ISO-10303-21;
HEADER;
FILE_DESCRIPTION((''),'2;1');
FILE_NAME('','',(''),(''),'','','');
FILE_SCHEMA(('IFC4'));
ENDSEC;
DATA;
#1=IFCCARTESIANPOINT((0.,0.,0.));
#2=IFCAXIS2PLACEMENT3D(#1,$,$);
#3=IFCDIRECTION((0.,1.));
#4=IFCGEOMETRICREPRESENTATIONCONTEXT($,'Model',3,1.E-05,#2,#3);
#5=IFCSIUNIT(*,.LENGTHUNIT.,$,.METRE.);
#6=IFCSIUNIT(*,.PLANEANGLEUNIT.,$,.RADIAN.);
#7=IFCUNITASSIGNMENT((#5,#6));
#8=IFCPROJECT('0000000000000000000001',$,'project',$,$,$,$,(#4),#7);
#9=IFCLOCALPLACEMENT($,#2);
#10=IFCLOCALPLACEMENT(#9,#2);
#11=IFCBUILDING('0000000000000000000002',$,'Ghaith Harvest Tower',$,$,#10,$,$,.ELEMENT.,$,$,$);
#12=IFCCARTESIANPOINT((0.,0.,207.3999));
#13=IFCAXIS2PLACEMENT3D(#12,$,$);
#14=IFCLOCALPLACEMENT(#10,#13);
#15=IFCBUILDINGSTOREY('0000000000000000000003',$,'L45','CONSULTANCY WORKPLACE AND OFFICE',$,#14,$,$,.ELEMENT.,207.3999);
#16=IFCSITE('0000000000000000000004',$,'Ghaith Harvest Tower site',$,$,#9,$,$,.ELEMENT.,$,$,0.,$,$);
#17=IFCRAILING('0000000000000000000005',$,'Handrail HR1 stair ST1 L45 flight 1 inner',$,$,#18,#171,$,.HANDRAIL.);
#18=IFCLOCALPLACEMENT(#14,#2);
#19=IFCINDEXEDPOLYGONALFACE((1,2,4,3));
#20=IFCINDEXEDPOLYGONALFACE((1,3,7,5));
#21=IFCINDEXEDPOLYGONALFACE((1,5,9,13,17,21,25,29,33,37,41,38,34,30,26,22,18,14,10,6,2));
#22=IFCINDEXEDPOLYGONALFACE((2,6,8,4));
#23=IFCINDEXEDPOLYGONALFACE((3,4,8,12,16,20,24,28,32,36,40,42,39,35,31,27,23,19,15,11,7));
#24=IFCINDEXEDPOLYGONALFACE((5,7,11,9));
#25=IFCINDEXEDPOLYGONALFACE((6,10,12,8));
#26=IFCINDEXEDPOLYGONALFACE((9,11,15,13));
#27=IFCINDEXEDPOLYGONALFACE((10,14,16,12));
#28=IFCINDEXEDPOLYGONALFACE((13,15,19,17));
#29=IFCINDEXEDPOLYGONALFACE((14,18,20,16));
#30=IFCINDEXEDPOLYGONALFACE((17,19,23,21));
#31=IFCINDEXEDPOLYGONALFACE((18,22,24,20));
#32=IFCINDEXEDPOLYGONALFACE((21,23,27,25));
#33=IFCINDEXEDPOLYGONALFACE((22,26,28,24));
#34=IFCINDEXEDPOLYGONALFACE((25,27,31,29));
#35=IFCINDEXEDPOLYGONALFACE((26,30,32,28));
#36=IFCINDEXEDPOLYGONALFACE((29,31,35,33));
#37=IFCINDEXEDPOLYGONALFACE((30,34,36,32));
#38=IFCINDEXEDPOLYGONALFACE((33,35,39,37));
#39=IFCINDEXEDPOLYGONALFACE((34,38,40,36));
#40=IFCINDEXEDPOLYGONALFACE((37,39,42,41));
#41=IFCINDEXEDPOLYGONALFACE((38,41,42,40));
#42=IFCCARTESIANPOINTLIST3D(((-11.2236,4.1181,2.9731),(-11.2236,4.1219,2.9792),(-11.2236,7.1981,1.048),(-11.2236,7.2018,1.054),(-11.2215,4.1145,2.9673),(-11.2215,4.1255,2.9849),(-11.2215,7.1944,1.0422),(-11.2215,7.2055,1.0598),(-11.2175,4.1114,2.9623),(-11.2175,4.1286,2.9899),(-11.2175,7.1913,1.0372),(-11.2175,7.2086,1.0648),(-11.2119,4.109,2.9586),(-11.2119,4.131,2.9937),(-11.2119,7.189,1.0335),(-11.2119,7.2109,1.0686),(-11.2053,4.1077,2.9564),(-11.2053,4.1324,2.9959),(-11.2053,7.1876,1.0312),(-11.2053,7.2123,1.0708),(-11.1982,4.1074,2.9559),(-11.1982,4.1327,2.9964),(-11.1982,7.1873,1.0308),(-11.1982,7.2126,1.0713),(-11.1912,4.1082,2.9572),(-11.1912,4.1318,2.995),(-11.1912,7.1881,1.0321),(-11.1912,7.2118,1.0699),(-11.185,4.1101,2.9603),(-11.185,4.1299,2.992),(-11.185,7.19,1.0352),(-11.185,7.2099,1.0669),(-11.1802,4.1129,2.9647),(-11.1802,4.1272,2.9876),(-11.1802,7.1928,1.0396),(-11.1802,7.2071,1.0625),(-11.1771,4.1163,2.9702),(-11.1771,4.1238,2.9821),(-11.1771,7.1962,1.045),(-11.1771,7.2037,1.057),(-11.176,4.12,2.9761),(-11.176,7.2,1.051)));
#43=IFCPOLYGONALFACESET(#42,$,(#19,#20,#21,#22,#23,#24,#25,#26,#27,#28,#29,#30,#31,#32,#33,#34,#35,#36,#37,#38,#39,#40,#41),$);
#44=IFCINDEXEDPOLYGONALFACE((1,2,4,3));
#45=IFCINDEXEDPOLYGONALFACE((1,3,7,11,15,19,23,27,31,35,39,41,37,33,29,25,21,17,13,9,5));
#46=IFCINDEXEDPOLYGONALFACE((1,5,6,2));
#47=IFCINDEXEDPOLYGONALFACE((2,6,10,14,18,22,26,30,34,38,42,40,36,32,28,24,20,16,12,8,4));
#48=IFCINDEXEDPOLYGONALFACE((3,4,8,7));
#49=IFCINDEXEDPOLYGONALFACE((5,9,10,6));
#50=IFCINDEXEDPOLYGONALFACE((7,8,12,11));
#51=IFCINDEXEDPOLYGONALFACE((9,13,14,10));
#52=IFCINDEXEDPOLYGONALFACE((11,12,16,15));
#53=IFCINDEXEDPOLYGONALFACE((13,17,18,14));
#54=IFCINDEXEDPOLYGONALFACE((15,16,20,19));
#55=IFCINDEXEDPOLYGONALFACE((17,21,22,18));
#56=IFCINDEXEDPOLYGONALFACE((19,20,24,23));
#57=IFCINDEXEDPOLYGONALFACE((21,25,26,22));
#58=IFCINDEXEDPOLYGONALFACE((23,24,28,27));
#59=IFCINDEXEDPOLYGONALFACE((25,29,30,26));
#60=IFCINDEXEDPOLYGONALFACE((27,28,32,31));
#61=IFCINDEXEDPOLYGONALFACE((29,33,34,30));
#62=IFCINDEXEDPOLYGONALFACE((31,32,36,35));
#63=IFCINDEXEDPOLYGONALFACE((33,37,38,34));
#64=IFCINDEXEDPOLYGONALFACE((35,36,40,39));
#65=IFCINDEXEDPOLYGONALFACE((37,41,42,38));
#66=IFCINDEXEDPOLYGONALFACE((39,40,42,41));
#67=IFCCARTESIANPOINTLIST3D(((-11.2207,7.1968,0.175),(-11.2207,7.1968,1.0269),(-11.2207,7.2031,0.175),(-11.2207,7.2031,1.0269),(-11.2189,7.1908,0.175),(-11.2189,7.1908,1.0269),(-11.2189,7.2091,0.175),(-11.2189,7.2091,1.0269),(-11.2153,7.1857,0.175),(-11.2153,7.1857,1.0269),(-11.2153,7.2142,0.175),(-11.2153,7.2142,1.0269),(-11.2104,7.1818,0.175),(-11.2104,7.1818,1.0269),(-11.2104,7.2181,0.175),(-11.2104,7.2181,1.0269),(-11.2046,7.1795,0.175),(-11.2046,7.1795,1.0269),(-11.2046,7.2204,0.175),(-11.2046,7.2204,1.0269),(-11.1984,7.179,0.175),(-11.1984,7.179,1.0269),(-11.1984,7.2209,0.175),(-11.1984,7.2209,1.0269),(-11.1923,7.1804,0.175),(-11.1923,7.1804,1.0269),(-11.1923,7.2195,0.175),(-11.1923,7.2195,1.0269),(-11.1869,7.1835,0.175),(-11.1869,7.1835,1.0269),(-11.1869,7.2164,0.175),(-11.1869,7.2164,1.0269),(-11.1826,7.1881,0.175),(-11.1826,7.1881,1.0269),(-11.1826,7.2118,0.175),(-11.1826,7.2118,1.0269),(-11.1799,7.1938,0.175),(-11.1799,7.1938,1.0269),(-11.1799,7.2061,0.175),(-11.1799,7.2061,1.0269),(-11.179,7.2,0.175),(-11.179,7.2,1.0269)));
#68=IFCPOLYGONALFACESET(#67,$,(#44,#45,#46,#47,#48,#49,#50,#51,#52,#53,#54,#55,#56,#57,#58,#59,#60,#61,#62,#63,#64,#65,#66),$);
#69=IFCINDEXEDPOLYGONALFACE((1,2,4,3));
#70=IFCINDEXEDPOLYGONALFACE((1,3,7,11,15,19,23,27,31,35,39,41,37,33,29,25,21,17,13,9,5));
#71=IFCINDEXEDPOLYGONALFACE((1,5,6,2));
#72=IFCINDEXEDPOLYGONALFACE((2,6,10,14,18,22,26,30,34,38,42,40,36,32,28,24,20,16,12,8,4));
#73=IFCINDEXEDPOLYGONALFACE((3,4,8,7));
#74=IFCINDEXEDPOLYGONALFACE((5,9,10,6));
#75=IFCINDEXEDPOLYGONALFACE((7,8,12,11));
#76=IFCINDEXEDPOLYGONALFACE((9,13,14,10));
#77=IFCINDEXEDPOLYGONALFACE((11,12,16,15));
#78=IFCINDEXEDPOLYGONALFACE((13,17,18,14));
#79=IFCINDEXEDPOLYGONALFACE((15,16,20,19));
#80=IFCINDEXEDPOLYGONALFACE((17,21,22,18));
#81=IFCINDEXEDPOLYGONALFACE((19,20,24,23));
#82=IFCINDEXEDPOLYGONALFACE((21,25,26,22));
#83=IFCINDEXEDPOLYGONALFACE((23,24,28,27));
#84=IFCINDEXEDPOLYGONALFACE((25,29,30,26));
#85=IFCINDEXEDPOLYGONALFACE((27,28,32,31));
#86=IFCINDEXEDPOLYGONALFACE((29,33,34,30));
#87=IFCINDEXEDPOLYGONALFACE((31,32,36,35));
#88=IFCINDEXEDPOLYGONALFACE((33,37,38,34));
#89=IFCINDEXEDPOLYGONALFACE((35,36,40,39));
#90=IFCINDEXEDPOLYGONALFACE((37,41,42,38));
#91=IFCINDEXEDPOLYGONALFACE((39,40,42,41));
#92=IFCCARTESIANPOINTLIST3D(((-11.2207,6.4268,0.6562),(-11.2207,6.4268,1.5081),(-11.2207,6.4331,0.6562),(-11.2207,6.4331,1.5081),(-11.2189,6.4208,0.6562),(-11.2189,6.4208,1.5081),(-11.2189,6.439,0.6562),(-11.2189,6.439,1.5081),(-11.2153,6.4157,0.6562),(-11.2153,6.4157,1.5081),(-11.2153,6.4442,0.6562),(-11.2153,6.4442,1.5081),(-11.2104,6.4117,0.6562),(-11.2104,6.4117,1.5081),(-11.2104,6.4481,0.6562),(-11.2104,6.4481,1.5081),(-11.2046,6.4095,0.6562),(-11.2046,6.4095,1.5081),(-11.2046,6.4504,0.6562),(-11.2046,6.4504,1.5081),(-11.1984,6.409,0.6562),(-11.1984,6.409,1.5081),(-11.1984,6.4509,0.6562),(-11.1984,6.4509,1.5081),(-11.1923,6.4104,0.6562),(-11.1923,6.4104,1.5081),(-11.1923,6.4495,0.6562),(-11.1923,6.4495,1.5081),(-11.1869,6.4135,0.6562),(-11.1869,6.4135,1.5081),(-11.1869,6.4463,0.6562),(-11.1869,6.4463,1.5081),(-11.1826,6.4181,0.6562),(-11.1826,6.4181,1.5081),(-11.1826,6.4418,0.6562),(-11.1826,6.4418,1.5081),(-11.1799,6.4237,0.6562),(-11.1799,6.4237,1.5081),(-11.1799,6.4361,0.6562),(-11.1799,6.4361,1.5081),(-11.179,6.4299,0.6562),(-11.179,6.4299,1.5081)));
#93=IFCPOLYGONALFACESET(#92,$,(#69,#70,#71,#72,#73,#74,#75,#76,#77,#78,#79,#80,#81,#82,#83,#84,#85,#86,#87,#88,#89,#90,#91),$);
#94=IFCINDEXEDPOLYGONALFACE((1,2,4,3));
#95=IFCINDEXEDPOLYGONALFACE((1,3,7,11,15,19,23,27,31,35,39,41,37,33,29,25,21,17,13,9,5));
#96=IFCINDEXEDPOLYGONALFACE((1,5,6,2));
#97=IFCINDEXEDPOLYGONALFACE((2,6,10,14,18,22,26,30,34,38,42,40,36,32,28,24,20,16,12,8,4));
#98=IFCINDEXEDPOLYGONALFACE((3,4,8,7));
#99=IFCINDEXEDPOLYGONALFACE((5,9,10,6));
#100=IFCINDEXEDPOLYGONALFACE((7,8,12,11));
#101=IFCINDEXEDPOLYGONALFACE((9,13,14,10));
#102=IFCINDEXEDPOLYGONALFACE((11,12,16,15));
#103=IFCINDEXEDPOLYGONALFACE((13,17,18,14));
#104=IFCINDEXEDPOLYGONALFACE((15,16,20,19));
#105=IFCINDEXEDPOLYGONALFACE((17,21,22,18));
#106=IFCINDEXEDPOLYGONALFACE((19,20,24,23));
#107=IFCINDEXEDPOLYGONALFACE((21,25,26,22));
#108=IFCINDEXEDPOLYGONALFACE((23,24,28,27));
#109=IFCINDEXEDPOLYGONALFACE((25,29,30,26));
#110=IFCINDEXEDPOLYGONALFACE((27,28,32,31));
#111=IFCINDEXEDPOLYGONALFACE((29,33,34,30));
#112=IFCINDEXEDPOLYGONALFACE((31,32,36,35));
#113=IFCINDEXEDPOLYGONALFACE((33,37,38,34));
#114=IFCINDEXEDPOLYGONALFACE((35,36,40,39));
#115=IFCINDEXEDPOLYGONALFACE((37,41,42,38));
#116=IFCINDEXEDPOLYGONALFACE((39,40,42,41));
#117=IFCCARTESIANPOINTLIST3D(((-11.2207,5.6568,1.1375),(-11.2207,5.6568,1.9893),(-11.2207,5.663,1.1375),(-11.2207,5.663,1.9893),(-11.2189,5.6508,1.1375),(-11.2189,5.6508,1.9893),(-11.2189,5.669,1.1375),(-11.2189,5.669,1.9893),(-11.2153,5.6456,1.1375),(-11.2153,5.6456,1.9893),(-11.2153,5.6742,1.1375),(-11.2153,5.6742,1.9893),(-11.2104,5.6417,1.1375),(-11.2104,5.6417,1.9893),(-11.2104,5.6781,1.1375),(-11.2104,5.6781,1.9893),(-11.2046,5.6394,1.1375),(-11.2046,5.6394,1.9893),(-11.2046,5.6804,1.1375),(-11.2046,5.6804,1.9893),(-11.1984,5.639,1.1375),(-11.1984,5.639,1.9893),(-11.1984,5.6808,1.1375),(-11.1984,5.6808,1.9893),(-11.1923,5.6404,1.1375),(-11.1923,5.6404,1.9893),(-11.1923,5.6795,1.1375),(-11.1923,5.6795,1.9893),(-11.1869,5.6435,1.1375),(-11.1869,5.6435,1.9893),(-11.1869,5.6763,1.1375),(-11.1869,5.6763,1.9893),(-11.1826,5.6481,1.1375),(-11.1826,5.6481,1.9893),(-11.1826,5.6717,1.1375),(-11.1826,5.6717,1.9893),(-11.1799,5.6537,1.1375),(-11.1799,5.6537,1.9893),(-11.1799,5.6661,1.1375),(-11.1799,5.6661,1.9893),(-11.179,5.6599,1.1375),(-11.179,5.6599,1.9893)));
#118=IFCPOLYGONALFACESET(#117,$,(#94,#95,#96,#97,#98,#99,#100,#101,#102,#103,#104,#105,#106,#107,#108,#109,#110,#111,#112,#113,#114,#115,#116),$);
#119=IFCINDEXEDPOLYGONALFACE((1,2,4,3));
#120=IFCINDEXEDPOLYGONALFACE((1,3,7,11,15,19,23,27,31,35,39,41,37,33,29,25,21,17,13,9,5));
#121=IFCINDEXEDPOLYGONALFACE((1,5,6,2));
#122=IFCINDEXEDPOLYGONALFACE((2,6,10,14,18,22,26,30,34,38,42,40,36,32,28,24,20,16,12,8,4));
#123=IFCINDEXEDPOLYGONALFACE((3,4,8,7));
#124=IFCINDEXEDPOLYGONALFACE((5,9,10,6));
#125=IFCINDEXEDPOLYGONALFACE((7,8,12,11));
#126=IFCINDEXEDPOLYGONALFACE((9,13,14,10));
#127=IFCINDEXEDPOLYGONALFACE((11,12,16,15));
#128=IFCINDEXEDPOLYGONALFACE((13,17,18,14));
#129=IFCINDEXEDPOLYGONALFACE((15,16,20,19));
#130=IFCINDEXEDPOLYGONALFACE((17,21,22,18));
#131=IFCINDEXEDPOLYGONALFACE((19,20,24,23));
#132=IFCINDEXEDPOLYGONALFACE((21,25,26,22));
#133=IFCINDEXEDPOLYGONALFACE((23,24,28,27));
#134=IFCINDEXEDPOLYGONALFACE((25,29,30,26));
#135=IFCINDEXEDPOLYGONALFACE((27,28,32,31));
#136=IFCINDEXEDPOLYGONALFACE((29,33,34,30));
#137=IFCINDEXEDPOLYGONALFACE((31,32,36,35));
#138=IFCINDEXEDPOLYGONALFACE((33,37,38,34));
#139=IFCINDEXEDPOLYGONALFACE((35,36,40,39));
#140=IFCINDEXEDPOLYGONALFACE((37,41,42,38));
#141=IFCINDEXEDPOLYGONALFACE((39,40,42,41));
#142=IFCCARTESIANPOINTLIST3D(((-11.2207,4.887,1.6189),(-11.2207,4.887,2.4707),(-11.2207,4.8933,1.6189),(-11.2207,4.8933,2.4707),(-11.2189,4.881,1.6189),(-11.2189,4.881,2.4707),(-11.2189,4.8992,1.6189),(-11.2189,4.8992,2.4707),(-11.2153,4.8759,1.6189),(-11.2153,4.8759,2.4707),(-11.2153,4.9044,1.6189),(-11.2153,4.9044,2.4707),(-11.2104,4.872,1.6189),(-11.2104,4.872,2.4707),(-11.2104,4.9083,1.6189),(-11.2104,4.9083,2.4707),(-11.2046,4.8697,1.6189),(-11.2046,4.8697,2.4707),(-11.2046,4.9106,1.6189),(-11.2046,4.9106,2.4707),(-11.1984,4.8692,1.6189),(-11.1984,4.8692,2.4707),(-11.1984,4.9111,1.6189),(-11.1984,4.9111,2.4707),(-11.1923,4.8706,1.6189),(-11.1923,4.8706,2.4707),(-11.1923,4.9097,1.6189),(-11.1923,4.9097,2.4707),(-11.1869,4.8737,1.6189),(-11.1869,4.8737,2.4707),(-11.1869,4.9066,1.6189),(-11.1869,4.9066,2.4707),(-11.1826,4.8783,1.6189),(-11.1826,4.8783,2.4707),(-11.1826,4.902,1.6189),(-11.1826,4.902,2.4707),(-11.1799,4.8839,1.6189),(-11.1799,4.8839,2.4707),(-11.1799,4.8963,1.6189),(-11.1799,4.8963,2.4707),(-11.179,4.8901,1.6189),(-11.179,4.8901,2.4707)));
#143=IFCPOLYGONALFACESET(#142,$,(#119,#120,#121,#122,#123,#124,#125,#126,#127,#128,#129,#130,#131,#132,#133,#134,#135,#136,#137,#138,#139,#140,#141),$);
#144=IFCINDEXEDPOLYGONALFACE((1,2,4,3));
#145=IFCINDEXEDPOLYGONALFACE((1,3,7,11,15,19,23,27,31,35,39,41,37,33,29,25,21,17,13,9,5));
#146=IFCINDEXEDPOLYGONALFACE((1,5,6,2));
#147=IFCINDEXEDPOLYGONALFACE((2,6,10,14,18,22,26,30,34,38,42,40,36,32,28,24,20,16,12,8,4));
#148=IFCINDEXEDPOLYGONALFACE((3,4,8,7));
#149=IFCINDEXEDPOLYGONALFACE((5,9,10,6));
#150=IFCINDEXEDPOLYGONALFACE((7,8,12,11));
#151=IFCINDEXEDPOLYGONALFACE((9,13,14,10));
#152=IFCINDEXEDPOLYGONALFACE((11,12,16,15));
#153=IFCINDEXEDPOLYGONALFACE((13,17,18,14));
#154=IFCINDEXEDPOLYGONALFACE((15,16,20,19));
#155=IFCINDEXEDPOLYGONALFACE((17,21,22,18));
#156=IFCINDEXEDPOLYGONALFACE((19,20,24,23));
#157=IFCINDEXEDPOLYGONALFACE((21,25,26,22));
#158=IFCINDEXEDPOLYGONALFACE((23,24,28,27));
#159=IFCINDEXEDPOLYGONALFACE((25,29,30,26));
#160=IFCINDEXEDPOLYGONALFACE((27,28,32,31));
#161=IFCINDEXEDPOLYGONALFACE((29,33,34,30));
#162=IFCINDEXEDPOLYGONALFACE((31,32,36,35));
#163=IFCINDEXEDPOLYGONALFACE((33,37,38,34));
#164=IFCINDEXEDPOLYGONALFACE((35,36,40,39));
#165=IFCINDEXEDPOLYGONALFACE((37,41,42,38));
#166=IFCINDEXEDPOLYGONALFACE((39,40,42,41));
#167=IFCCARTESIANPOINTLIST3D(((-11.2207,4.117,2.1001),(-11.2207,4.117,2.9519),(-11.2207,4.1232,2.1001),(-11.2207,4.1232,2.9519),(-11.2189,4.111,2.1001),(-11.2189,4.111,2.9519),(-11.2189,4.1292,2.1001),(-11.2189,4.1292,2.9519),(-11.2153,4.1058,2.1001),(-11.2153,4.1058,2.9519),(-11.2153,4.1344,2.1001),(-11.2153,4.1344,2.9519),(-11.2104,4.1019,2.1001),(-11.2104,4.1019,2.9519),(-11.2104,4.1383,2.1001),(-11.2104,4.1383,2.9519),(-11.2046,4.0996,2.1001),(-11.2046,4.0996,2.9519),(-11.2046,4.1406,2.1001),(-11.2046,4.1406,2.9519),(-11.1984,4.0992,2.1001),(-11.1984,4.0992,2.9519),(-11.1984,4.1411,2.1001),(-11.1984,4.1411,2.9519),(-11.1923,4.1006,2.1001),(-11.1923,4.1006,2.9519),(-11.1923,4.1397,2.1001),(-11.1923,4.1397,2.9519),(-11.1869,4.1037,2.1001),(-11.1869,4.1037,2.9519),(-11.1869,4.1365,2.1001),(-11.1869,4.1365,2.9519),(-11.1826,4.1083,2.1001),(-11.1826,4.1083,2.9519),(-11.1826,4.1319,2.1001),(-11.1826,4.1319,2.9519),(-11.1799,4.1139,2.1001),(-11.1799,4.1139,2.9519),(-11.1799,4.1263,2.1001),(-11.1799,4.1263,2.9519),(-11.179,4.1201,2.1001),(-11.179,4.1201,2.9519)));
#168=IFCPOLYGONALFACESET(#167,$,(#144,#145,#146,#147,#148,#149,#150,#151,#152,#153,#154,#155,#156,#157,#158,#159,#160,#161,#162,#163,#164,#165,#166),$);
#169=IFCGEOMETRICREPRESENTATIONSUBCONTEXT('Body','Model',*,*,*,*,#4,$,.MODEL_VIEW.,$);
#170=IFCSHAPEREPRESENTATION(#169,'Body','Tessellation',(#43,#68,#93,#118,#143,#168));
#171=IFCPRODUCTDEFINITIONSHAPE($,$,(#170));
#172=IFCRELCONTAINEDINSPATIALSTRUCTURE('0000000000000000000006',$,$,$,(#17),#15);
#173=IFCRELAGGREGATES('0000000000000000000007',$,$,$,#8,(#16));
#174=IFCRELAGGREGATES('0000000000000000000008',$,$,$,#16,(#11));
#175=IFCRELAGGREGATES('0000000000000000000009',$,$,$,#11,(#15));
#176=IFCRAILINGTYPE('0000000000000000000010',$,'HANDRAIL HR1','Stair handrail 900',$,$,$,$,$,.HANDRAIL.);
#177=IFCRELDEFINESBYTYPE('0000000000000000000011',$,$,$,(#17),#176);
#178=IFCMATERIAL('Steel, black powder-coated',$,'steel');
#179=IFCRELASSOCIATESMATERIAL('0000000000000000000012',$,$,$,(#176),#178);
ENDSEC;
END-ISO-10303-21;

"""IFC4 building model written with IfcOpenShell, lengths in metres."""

from ifc_helpers import new_model, si_unit, direction, frame, origin, origin_2d, place, context, subcontext, project, spatial, circle, extrude, material, type_object, element, save


model = new_model("IFC4")

# Units and contexts
model_context = context("Model", 3, precision=1e-05, world=origin(), true_north=direction((0.0, 1.0)))
body_context = subcontext(model_context, "Body", "Model", "MODEL_VIEW")
ifc_project = project(units=[si_unit("LENGTHUNIT", "METRE"), si_unit("PLANEANGLEUNIT", "RADIAN")], contexts=[model_context])

# Site, building, storey
site_placement = place(None, origin())
site = spatial("IfcSite", under=ifc_project, at=site_placement, Name="Ghaith Harvest Tower site", CompositionType="ELEMENT", RefElevation=0.0)
building_placement = place(site_placement, origin())
building = spatial("IfcBuilding", under=site, at=building_placement, Name="Ghaith Harvest Tower", CompositionType="ELEMENT")
storey_placement = place(building_placement, frame((0.0, 0.0, 207.3999)))
storey = spatial("IfcBuildingStorey", under=building, at=storey_placement, Name="L45", Description="CONSULTANCY WORKPLACE AND OFFICE", CompositionType="ELEMENT", Elevation=207.3999)

# Railing
ifc_material_1 = material(Name="Steel, black powder-coated", Category="steel")
railing_type = type_object("IfcRailingType", Name="HANDRAIL HR1", Description="Stair handrail 900", PredefinedType="HANDRAIL", material=ifc_material_1)
railing_1_placement = place(storey_placement, frame((-11.2, 7.2, 0.175)))
element("IfcRailing", 1, at=railing_1_placement, inside=storey, type_object=railing_type, Name="Handrail HR1 stair ST1 L45 flight 1 inner", PredefinedType="HANDRAIL", context=body_context, shape_type="SweptSolid", body=[
    extrude(circle(Radius=0.0239, at=origin_2d()), frame((0.0, 0.0, 0.876), z_axis=(0.0, -0.847979, 0.530029), x_axis=(1.0, 0.0, 0.0)), (0.0, 0.0, 1.0), 3.6321),
    extrude(circle(Radius=0.021, at=origin_2d()), origin(), (0.0, 0.0, 1.0), 0.8518),
    extrude(circle(Radius=0.021, at=origin_2d()), frame((0.0, -0.77, 0.4812)), (0.0, 0.0, 1.0), 0.8518),
    extrude(circle(Radius=0.021, at=origin_2d()), frame((0.0, -1.54, 0.9624)), (0.0, 0.0, 1.0), 0.8518),
    extrude(circle(Radius=0.021, at=origin_2d()), frame((0.0, -2.3098, 1.4438)), (0.0, 0.0, 1.0), 0.8518),
    extrude(circle(Radius=0.021, at=origin_2d()), frame((0.0, -3.0798, 1.925)), (0.0, 0.0, 1.0), 0.8518),
])

save(model, "model.ifc")
